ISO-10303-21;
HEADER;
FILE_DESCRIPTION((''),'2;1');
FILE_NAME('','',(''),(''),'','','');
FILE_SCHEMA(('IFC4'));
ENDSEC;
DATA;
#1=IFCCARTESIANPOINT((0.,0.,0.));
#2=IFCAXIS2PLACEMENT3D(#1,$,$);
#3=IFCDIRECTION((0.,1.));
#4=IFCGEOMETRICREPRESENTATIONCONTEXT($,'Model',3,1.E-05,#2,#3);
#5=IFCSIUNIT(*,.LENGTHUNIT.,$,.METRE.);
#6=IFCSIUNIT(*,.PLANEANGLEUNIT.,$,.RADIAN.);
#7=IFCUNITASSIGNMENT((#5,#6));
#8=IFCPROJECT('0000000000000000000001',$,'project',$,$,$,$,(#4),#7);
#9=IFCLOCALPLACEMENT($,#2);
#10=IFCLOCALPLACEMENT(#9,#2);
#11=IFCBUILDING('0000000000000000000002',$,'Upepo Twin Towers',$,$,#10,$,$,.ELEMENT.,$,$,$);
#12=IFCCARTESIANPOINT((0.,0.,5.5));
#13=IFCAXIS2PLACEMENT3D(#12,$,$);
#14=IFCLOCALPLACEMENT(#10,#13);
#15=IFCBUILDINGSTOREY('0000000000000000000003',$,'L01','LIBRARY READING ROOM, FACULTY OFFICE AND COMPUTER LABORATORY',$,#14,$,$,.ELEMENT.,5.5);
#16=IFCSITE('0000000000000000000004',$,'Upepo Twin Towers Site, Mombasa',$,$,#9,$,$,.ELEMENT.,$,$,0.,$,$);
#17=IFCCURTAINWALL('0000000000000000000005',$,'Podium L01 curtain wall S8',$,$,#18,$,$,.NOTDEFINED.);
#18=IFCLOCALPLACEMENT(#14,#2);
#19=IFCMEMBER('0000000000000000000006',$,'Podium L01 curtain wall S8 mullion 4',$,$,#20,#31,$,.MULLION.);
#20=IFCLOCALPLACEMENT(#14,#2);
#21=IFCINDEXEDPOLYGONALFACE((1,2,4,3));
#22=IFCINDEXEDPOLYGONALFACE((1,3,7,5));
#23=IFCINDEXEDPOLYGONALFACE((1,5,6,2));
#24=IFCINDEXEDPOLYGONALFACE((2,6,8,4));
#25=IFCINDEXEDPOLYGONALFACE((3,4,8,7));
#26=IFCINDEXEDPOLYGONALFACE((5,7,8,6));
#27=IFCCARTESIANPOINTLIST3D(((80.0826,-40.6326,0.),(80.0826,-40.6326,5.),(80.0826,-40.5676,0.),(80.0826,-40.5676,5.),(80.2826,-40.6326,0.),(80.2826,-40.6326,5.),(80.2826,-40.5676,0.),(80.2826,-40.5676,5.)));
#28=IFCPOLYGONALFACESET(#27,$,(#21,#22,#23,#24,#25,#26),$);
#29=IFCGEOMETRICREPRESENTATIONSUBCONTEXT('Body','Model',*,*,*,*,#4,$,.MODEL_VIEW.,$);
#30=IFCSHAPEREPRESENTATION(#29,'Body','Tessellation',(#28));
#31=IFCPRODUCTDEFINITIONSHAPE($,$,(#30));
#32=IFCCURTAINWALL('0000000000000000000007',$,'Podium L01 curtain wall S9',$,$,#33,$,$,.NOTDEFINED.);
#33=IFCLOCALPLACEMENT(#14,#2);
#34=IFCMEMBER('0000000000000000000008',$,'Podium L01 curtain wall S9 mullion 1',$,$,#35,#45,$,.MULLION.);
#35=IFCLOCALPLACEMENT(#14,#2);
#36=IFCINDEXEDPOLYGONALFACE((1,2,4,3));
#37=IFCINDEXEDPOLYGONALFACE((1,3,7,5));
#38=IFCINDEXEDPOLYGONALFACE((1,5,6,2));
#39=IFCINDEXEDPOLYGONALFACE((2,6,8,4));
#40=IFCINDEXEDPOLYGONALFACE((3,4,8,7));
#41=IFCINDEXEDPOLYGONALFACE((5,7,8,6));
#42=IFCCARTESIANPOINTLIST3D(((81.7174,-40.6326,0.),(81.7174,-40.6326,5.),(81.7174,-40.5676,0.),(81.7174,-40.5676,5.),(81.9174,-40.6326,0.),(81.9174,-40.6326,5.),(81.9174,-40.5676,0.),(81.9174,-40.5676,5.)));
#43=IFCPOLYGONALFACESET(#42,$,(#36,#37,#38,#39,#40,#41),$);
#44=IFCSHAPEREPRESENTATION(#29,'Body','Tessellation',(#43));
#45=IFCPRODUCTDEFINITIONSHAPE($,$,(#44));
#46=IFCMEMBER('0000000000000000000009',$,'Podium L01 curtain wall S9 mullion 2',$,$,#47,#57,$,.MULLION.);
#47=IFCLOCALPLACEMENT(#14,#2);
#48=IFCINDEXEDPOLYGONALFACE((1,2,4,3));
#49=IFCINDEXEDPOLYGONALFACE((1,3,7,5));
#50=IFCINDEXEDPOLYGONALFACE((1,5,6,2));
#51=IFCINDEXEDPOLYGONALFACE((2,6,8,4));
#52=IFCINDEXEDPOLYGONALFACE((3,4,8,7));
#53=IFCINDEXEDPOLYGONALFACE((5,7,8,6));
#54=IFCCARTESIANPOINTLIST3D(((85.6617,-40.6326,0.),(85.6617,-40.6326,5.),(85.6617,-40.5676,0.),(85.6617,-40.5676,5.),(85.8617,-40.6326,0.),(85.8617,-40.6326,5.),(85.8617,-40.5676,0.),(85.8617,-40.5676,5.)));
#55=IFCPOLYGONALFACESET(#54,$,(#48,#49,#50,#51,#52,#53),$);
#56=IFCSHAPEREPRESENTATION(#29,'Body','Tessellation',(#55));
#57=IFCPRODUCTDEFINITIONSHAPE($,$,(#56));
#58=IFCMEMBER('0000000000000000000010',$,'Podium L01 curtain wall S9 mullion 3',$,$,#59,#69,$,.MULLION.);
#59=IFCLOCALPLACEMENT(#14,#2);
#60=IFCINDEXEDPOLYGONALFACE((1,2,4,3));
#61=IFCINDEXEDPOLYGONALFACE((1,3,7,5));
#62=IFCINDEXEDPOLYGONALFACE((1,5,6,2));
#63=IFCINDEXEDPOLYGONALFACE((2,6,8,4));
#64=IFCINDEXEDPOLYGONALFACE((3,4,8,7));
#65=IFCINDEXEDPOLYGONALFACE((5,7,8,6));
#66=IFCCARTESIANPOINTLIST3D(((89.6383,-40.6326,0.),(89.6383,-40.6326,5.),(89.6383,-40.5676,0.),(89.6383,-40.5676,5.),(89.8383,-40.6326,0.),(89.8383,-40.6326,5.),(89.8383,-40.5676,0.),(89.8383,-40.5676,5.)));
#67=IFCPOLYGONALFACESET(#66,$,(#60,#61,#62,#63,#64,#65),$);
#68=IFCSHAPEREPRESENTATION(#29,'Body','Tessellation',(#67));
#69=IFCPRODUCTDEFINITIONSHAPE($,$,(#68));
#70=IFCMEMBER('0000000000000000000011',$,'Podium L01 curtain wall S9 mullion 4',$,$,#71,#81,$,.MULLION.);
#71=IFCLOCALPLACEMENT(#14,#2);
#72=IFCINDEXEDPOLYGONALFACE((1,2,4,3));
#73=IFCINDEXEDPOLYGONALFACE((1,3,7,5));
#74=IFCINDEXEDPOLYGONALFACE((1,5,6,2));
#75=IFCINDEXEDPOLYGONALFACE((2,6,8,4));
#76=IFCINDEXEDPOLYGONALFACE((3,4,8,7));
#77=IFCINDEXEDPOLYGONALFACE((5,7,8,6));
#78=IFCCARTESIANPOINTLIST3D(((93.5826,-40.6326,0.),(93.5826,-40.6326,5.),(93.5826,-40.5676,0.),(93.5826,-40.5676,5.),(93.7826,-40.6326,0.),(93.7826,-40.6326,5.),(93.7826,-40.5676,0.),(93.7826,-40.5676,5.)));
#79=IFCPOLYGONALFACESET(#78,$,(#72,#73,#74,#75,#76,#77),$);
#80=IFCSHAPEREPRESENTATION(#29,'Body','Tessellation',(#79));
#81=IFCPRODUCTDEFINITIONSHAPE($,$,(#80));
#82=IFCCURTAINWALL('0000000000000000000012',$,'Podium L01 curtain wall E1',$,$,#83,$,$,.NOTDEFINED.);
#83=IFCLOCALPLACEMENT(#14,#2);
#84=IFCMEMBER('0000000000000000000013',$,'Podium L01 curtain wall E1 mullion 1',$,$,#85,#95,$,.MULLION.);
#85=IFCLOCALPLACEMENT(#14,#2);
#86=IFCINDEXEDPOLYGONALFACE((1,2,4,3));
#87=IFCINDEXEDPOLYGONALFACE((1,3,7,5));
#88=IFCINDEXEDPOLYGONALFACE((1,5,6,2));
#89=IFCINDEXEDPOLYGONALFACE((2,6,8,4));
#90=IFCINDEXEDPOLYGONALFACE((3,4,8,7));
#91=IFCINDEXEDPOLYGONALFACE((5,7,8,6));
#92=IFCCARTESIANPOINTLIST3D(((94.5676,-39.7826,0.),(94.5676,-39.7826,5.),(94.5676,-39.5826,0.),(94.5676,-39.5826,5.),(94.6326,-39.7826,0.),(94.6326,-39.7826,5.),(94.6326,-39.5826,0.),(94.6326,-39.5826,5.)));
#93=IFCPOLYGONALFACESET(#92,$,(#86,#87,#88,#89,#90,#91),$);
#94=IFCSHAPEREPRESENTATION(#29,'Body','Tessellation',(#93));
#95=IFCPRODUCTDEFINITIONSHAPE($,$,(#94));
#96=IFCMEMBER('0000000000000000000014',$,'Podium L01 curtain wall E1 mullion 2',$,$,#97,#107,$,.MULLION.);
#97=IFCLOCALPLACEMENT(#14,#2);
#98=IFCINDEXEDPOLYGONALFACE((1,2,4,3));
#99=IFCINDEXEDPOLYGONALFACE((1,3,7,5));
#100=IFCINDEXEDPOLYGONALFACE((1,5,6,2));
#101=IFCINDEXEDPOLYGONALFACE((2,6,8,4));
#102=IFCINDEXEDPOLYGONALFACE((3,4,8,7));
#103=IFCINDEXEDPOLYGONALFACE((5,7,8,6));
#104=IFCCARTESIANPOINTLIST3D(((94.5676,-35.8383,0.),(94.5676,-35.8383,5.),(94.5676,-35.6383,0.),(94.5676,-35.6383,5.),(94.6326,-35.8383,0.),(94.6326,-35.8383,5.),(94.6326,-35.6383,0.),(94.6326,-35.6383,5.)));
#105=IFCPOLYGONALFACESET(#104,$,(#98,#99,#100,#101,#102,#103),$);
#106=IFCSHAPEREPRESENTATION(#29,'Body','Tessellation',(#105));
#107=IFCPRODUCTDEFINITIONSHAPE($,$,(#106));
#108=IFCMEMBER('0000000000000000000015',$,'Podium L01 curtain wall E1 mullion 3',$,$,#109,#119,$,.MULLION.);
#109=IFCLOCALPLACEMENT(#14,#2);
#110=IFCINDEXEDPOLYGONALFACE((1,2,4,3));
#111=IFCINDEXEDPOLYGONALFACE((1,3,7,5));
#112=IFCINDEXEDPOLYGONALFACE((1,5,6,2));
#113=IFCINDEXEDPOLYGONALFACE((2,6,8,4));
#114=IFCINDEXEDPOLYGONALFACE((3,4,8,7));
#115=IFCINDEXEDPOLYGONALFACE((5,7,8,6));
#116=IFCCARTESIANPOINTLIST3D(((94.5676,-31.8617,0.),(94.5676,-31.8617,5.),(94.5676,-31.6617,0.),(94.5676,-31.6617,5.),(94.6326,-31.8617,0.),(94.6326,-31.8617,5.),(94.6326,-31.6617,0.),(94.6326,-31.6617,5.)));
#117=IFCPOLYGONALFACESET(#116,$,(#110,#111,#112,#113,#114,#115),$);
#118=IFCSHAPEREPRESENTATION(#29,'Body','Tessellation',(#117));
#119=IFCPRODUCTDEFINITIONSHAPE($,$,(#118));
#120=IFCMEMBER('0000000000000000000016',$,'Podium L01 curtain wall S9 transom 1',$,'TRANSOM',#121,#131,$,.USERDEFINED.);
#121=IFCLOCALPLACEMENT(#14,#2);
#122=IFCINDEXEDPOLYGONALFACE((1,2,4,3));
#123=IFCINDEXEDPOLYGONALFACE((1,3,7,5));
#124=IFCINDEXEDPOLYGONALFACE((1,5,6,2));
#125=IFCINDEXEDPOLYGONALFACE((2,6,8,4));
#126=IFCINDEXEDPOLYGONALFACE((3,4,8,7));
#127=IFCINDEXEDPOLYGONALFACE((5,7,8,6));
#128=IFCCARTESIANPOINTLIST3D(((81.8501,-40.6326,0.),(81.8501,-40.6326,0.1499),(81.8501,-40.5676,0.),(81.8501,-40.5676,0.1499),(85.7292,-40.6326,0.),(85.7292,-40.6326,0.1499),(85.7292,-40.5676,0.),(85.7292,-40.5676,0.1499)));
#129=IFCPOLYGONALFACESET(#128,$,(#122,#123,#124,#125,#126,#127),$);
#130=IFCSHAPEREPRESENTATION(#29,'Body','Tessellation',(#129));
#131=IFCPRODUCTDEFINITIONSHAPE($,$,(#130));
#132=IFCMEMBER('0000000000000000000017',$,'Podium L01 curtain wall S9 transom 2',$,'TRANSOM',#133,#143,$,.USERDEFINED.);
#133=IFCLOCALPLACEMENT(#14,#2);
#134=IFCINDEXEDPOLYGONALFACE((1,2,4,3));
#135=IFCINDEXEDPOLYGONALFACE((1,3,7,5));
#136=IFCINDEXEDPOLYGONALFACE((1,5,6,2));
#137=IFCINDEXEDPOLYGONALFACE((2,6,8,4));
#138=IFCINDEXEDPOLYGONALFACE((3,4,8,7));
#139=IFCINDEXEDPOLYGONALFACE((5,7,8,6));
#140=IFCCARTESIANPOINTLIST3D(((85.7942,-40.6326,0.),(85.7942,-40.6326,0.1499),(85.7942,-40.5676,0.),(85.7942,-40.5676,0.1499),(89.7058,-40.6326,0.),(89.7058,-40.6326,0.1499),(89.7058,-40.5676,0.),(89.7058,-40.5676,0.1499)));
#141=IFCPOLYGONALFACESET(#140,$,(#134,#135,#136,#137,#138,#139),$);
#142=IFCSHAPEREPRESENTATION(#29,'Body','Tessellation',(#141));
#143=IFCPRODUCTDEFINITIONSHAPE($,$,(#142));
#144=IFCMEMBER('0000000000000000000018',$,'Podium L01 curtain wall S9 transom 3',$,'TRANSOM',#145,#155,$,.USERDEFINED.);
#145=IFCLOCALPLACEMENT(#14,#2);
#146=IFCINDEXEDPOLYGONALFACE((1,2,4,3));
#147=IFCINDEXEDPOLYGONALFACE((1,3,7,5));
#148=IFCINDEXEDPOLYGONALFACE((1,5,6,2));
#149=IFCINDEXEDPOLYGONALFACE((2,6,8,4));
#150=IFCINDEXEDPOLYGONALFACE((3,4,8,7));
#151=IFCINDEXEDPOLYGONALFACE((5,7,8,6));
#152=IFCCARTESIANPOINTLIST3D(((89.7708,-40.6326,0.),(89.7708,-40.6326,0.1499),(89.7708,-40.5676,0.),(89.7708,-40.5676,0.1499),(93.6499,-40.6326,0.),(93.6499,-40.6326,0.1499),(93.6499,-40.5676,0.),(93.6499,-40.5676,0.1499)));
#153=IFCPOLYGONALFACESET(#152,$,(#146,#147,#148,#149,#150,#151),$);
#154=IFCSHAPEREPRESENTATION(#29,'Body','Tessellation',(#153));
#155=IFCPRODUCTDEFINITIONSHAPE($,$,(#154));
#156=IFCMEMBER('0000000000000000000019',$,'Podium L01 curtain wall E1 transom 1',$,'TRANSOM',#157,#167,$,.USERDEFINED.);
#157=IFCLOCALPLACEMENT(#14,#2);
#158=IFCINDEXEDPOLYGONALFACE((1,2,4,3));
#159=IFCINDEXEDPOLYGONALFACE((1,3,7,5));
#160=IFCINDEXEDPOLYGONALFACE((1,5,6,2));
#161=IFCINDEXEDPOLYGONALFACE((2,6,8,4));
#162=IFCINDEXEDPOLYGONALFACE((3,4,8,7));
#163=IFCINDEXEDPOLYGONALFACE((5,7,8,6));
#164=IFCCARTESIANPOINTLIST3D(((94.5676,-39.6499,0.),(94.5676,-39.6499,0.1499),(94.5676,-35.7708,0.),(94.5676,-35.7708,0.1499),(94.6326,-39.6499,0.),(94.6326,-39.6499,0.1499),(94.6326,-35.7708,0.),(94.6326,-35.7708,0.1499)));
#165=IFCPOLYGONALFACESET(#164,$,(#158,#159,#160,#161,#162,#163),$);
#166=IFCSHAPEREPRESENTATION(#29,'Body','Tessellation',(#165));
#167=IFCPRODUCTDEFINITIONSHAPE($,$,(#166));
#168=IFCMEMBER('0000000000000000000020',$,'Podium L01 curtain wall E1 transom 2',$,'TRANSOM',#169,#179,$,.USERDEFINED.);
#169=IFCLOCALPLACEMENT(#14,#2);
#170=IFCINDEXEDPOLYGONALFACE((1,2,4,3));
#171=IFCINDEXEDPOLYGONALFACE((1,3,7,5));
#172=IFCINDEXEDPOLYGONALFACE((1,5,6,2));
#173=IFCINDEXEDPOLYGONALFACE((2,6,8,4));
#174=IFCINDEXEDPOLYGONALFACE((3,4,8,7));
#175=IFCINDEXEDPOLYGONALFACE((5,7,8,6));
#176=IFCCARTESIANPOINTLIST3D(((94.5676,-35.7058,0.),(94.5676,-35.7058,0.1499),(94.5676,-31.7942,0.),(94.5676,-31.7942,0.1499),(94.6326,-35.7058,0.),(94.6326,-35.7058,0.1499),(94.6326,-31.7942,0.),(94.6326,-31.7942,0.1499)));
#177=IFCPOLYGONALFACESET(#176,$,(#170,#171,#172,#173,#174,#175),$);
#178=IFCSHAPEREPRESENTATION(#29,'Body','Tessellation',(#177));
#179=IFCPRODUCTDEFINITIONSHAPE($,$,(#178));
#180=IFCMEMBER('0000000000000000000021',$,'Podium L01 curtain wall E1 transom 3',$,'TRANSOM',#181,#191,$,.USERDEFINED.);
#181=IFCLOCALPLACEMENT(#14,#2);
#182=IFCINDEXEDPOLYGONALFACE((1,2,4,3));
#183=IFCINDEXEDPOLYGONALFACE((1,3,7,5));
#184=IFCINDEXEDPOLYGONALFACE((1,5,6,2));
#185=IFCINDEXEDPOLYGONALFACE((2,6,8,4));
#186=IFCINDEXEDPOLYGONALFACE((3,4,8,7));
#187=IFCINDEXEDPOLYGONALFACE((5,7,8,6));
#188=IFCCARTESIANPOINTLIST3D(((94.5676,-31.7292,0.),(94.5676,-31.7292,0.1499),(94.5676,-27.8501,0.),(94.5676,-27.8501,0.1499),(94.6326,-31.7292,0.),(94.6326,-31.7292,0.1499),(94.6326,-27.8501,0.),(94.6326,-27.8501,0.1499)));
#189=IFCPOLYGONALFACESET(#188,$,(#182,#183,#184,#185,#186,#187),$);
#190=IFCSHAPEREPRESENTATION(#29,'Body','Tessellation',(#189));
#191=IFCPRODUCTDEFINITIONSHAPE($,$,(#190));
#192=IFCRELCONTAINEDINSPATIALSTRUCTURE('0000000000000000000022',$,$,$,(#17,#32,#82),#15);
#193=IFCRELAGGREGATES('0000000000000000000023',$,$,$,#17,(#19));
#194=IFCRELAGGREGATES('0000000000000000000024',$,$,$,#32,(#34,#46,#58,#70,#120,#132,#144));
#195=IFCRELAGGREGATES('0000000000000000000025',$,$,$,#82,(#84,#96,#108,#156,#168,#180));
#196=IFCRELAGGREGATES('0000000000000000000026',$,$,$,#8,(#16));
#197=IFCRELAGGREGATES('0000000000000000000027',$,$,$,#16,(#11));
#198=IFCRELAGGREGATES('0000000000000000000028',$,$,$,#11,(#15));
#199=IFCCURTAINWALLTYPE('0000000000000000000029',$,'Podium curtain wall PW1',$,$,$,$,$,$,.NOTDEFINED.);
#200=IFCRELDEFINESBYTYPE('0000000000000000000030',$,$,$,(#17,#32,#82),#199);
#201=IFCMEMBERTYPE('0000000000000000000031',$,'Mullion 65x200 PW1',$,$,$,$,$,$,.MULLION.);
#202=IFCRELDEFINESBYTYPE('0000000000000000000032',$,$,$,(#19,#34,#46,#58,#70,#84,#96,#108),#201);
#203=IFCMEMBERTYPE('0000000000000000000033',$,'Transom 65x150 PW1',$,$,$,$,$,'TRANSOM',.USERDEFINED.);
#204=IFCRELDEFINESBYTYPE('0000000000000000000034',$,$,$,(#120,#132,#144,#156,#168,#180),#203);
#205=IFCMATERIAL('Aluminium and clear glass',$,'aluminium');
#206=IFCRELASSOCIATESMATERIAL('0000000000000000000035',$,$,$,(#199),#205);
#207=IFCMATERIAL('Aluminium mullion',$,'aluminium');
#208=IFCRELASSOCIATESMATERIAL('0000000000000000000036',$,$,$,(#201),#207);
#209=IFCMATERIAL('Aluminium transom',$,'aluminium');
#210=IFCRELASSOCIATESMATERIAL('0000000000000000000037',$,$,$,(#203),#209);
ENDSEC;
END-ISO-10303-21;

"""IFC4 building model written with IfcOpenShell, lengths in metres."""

from ifc_helpers import new_model, si_unit, direction, frame, origin, origin_2d, place, context, subcontext, project, spatial, rectangle, extrude, material, material_profile, profile_set, type_object, element, aggregate, save


model = new_model("IFC4")

# Units and contexts
model_context = context("Model", 3, precision=1e-05, world=origin(), true_north=direction((0.0, 1.0)))
body_context = subcontext(model_context, "Body", "Model", "MODEL_VIEW")
ifc_project = project(units=[si_unit("LENGTHUNIT", "METRE"), si_unit("PLANEANGLEUNIT", "RADIAN")], contexts=[model_context])

# Site, building, storey
site_placement = place(None, origin())
site = spatial("IfcSite", under=ifc_project, at=site_placement, Name="Upepo Twin Towers Site, Mombasa", CompositionType="ELEMENT", RefElevation=0.0)
building_placement = place(site_placement, origin())
building = spatial("IfcBuilding", under=site, at=building_placement, Name="Upepo Twin Towers", CompositionType="ELEMENT")
storey_placement = place(building_placement, frame((0.0, 0.0, 5.5)))
storey = spatial("IfcBuildingStorey", under=building, at=storey_placement, Name="L01", Description="LIBRARY READING ROOM, FACULTY OFFICE AND COMPUTER LABORATORY", CompositionType="ELEMENT", Elevation=5.5)

# Curtain wall, member
ifc_material_1 = material(Name="Aluminium and clear glass", Category="aluminium")
curtain_wall_type = type_object("IfcCurtainWallType", Name="Podium curtain wall PW1", PredefinedType="NOTDEFINED", material=ifc_material_1)
curtain_wall_1_placement = place(storey_placement, origin())
curtain_wall_1 = element("IfcCurtainWall", 1, at=curtain_wall_1_placement, inside=storey, type_object=curtain_wall_type, Name="Podium L01 curtain wall S8", PredefinedType="NOTDEFINED")
ifc_material_2 = material(Name="Aluminium mullion", Category="aluminium")
ifc_material_profile_1 = material_profile(ifc_material_2, rectangle(XDim=0.0649, YDim=0.2, at=origin_2d()), Name="MULLION 65x200 PODIUM")
ifc_profile_set_1 = profile_set([ifc_material_profile_1], Name="Aluminium mullion")
member_type_1 = type_object("IfcMemberType", Name="Mullion 65x200 PW1", PredefinedType="MULLION", material=ifc_profile_set_1)
member_1_placement = place(storey_placement, frame((80.1826, -40.6001, 0.0), z_axis=(0.0, 0.0, 1.0), x_axis=(0.0, 1.0, 0.0)))
member_1 = element("IfcMember", 2, at=member_1_placement, type_object=member_type_1, Name="Podium L01 curtain wall S8 mullion 4", PredefinedType="MULLION", context=body_context, shape_type="SweptSolid", body=[
    extrude(rectangle(XDim=0.0649, YDim=0.2, at=origin_2d()), origin(), (0.0, 0.0, 1.0), 5.0),
])
aggregate(curtain_wall_1, [member_1])

# Curtain walls, members
curtain_wall_2_placement = place(storey_placement, origin())
curtain_wall_2 = element("IfcCurtainWall", 3, at=curtain_wall_2_placement, inside=storey, type_object=curtain_wall_type, Name="Podium L01 curtain wall S9", PredefinedType="NOTDEFINED")
member_2_placement = place(storey_placement, frame((81.8174, -40.6001, 0.0), z_axis=(0.0, 0.0, 1.0), x_axis=(0.0, 1.0, 0.0)))
member_2 = element("IfcMember", 4, at=member_2_placement, type_object=member_type_1, Name="Podium L01 curtain wall S9 mullion 1", PredefinedType="MULLION", context=body_context, shape_type="SweptSolid", body=[
    extrude(rectangle(XDim=0.0649, YDim=0.2, at=origin_2d()), origin(), (0.0, 0.0, 1.0), 5.0),
])
member_3_placement = place(storey_placement, frame((85.7617, -40.6001, 0.0), z_axis=(0.0, 0.0, 1.0), x_axis=(0.0, 1.0, 0.0)))
member_3 = element("IfcMember", 5, at=member_3_placement, type_object=member_type_1, Name="Podium L01 curtain wall S9 mullion 2", PredefinedType="MULLION", context=body_context, shape_type="SweptSolid", body=[
    extrude(rectangle(XDim=0.0649, YDim=0.2, at=origin_2d()), origin(), (0.0, 0.0, 1.0), 5.0),
])
member_4_placement = place(storey_placement, frame((89.7383, -40.6001, 0.0), z_axis=(0.0, 0.0, 1.0), x_axis=(0.0, 1.0, 0.0)))
member_4 = element("IfcMember", 6, at=member_4_placement, type_object=member_type_1, Name="Podium L01 curtain wall S9 mullion 3", PredefinedType="MULLION", context=body_context, shape_type="SweptSolid", body=[
    extrude(rectangle(XDim=0.0649, YDim=0.2, at=origin_2d()), origin(), (0.0, 0.0, 1.0), 5.0),
])
member_5_placement = place(storey_placement, frame((93.6826, -40.6001, 0.0), z_axis=(0.0, 0.0, 1.0), x_axis=(0.0, 1.0, 0.0)))
member_5 = element("IfcMember", 7, at=member_5_placement, type_object=member_type_1, Name="Podium L01 curtain wall S9 mullion 4", PredefinedType="MULLION", context=body_context, shape_type="SweptSolid", body=[
    extrude(rectangle(XDim=0.0649, YDim=0.2, at=origin_2d()), origin(), (0.0, 0.0, 1.0), 5.0),
])
curtain_wall_3_placement = place(storey_placement, origin())
curtain_wall_3 = element("IfcCurtainWall", 8, at=curtain_wall_3_placement, inside=storey, type_object=curtain_wall_type, Name="Podium L01 curtain wall E1", PredefinedType="NOTDEFINED")
member_6_placement = place(storey_placement, frame((94.6001, -39.6826, 0.0), z_axis=(0.0, 0.0, 1.0), x_axis=(-1.0, 0.0, 0.0)))
member_6 = element("IfcMember", 9, at=member_6_placement, type_object=member_type_1, Name="Podium L01 curtain wall E1 mullion 1", PredefinedType="MULLION", context=body_context, shape_type="SweptSolid", body=[
    extrude(rectangle(XDim=0.0649, YDim=0.2, at=origin_2d()), origin(), (0.0, 0.0, 1.0), 5.0),
])
member_7_placement = place(storey_placement, frame((94.6001, -35.7383, 0.0), z_axis=(0.0, 0.0, 1.0), x_axis=(-1.0, 0.0, 0.0)))
member_7 = element("IfcMember", 10, at=member_7_placement, type_object=member_type_1, Name="Podium L01 curtain wall E1 mullion 2", PredefinedType="MULLION", context=body_context, shape_type="SweptSolid", body=[
    extrude(rectangle(XDim=0.0649, YDim=0.2, at=origin_2d()), origin(), (0.0, 0.0, 1.0), 5.0),
])
member_8_placement = place(storey_placement, frame((94.6001, -31.7617, 0.0), z_axis=(0.0, 0.0, 1.0), x_axis=(-1.0, 0.0, 0.0)))
member_8 = element("IfcMember", 11, at=member_8_placement, type_object=member_type_1, Name="Podium L01 curtain wall E1 mullion 3", PredefinedType="MULLION", context=body_context, shape_type="SweptSolid", body=[
    extrude(rectangle(XDim=0.0649, YDim=0.2, at=origin_2d()), origin(), (0.0, 0.0, 1.0), 5.0),
])

# Members
ifc_material_3 = material(Name="Aluminium transom", Category="aluminium")
ifc_material_profile_2 = material_profile(ifc_material_3, rectangle(XDim=0.0649, YDim=0.1499, at=origin_2d()), Name="TRANSOM 65x150 PODIUM")
ifc_profile_set_2 = profile_set([ifc_material_profile_2], Name="Aluminium transom")
member_type_2 = type_object("IfcMemberType", Name="Transom 65x150 PW1", ElementType="TRANSOM", PredefinedType="USERDEFINED", material=ifc_profile_set_2)
member_9_placement = place(storey_placement, frame((81.8501, -40.6001, 0.075), z_axis=(1.0, 0.0, 0.0), x_axis=(0.0, 1.0, 0.0)))
member_9 = element("IfcMember", 12, at=member_9_placement, type_object=member_type_2, Name="Podium L01 curtain wall S9 transom 1", ObjectType="TRANSOM", PredefinedType="USERDEFINED", context=body_context, shape_type="SweptSolid", body=[
    extrude(rectangle(XDim=0.0649, YDim=0.1499, at=origin_2d()), origin(), (0.0, 0.0, 1.0), 3.8792),
])
member_10_placement = place(storey_placement, frame((85.7942, -40.6001, 0.075), z_axis=(1.0, 0.0, 0.0), x_axis=(0.0, 1.0, 0.0)))
member_10 = element("IfcMember", 13, at=member_10_placement, type_object=member_type_2, Name="Podium L01 curtain wall S9 transom 2", ObjectType="TRANSOM", PredefinedType="USERDEFINED", context=body_context, shape_type="SweptSolid", body=[
    extrude(rectangle(XDim=0.0649, YDim=0.1499, at=origin_2d()), origin(), (0.0, 0.0, 1.0), 3.9116),
])
member_11_placement = place(storey_placement, frame((89.7708, -40.6001, 0.075), z_axis=(1.0, 0.0, 0.0), x_axis=(0.0, 1.0, 0.0)))
member_11 = element("IfcMember", 14, at=member_11_placement, type_object=member_type_2, Name="Podium L01 curtain wall S9 transom 3", ObjectType="TRANSOM", PredefinedType="USERDEFINED", context=body_context, shape_type="SweptSolid", body=[
    extrude(rectangle(XDim=0.0649, YDim=0.1499, at=origin_2d()), origin(), (0.0, 0.0, 1.0), 3.8792),
])
member_12_placement = place(storey_placement, frame((94.6001, -39.6499, 0.075), z_axis=(0.0, 1.0, 0.0), x_axis=(-1.0, 0.0, 0.0)))
member_12 = element("IfcMember", 15, at=member_12_placement, type_object=member_type_2, Name="Podium L01 curtain wall E1 transom 1", ObjectType="TRANSOM", PredefinedType="USERDEFINED", context=body_context, shape_type="SweptSolid", body=[
    extrude(rectangle(XDim=0.0649, YDim=0.1499, at=origin_2d()), origin(), (0.0, 0.0, 1.0), 3.8792),
])
member_13_placement = place(storey_placement, frame((94.6001, -35.7058, 0.075), z_axis=(0.0, 1.0, 0.0), x_axis=(-1.0, 0.0, 0.0)))
member_13 = element("IfcMember", 16, at=member_13_placement, type_object=member_type_2, Name="Podium L01 curtain wall E1 transom 2", ObjectType="TRANSOM", PredefinedType="USERDEFINED", context=body_context, shape_type="SweptSolid", body=[
    extrude(rectangle(XDim=0.0649, YDim=0.1499, at=origin_2d()), origin(), (0.0, 0.0, 1.0), 3.9116),
])
member_14_placement = place(storey_placement, frame((94.6001, -31.7292, 0.075), z_axis=(0.0, 1.0, 0.0), x_axis=(-1.0, 0.0, 0.0)))
member_14 = element("IfcMember", 17, at=member_14_placement, type_object=member_type_2, Name="Podium L01 curtain wall E1 transom 3", ObjectType="TRANSOM", PredefinedType="USERDEFINED", context=body_context, shape_type="SweptSolid", body=[
    extrude(rectangle(XDim=0.0649, YDim=0.1499, at=origin_2d()), origin(), (0.0, 0.0, 1.0), 3.8792),
])

aggregate(curtain_wall_2, [member_2, member_3, member_4, member_5, member_9, member_10, member_11])
aggregate(curtain_wall_3, [member_6, member_7, member_8, member_12, member_13, member_14])

save(model, "model.ifc")
